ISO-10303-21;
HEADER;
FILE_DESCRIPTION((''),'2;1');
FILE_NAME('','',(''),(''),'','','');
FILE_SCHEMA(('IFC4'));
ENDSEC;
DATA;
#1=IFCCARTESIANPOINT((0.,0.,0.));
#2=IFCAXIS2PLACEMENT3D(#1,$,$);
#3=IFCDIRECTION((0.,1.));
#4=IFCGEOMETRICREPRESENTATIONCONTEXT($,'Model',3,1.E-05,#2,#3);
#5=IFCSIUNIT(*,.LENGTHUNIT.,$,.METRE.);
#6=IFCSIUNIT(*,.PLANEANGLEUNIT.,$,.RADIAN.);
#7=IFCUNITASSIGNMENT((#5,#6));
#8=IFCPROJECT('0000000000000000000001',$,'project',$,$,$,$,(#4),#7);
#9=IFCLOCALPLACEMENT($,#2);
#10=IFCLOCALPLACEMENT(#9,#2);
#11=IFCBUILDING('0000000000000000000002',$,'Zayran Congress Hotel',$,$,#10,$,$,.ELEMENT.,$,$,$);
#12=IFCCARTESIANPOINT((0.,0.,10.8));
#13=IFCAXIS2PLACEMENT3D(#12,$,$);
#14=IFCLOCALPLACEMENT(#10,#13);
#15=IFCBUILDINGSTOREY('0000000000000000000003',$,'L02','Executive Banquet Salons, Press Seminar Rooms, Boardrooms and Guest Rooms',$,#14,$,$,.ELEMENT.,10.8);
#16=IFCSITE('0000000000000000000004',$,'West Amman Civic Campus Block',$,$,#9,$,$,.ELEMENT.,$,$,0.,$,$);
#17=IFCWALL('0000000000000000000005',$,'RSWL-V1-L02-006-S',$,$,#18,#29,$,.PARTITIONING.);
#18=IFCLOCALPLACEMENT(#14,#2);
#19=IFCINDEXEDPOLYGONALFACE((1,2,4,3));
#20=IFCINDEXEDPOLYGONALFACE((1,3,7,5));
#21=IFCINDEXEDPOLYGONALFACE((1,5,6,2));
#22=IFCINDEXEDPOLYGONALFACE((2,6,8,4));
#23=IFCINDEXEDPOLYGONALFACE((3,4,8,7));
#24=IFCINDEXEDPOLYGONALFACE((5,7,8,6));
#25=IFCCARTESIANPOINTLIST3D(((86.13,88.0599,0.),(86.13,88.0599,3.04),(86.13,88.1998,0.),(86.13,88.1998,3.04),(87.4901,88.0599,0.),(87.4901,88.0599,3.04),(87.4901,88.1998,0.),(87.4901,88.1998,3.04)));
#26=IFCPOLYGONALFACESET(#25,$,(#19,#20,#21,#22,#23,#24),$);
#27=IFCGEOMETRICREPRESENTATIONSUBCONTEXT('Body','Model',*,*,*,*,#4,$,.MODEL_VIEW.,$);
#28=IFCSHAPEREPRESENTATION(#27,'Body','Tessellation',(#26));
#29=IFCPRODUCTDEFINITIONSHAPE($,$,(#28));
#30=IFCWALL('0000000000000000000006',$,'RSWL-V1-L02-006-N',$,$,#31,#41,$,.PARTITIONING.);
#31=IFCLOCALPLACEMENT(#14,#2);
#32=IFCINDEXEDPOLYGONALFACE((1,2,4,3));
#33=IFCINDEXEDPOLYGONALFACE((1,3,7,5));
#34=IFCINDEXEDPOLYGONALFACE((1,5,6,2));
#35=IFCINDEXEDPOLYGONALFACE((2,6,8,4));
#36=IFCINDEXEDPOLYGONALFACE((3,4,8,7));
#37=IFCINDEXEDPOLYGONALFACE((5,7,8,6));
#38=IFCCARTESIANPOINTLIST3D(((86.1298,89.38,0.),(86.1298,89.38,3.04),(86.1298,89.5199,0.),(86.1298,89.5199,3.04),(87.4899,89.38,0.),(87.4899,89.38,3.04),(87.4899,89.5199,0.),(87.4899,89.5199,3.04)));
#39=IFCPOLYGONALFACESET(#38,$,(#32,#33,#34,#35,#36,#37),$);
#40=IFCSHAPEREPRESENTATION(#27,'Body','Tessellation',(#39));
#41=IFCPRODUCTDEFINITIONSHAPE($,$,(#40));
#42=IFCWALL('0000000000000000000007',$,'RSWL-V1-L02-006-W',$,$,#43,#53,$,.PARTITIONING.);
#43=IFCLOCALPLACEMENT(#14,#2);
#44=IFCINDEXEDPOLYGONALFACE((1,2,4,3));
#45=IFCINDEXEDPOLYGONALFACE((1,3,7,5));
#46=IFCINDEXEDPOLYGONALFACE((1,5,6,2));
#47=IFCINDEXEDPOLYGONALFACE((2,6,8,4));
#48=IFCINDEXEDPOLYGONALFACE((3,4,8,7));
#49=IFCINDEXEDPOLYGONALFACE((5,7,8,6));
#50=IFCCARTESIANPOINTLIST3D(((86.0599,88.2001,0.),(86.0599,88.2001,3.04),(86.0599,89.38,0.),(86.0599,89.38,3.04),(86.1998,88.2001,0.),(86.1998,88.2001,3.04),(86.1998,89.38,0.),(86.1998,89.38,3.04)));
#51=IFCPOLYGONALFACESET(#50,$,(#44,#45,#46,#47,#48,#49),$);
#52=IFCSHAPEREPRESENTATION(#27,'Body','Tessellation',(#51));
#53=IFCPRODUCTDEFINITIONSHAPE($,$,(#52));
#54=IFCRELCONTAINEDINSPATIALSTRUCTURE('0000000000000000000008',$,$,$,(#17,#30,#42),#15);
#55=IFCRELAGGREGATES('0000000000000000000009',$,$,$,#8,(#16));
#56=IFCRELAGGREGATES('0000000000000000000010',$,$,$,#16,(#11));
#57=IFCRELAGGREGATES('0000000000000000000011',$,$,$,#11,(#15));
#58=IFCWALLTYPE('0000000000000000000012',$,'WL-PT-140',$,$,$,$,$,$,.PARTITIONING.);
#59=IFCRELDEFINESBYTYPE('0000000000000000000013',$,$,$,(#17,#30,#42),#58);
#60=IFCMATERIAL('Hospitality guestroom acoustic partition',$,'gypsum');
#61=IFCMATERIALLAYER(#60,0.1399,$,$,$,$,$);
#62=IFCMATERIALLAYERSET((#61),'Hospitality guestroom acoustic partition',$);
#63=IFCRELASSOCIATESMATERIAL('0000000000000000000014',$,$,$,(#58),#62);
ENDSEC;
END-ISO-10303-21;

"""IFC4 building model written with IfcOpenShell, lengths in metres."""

from ifc_helpers import new_model, si_unit, direction, frame, frame_2d, origin, place, context, subcontext, project, spatial, rectangle, extrude, material, layer, layer_set, type_object, element, save


model = new_model("IFC4")

# Units and contexts
model_context = context("Model", 3, precision=1e-05, world=origin(), true_north=direction((0.0, 1.0)))
body_context = subcontext(model_context, "Body", "Model", "MODEL_VIEW")
ifc_project = project(units=[si_unit("LENGTHUNIT", "METRE"), si_unit("PLANEANGLEUNIT", "RADIAN")], contexts=[model_context])

# Site, building, storey
site_placement = place(None, origin())
site = spatial("IfcSite", under=ifc_project, at=site_placement, Name="West Amman Civic Campus Block", CompositionType="ELEMENT", RefElevation=0.0)
building_placement = place(site_placement, origin())
building = spatial("IfcBuilding", under=site, at=building_placement, Name="Zayran Congress Hotel", CompositionType="ELEMENT")
storey_placement = place(building_placement, frame((0.0, 0.0, 10.8)))
storey = spatial("IfcBuildingStorey", under=building, at=storey_placement, Name="L02", Description="Executive Banquet Salons, Press Seminar Rooms, Boardrooms and Guest Rooms", CompositionType="ELEMENT", Elevation=10.8)

# Walls
ifc_material_1 = material(Name="Hospitality guestroom acoustic partition", Category="gypsum")
ifc_layer_1 = layer(ifc_material_1, 0.1399)
ifc_layer_set_1 = layer_set([ifc_layer_1], Name="Hospitality guestroom acoustic partition")
wall_type_1 = type_object("IfcWallType", Name="WL-PT-140", PredefinedType="PARTITIONING", material=ifc_layer_set_1)
for number, where, z_axis, x_axis, name in (
    (1, (86.1299, 88.1299, 0.0), (0.0, 0.0, 1.0), (1.0, 0.0, 0.0), "RSWL-V1-L02-006-S"),
    (2, (87.49, 89.45, 0.0), (0.0, 0.0, 1.0), (-1.0, 0.0, 0.0), "RSWL-V1-L02-006-N"),
):
    element("IfcWall", number, at=place(storey_placement, frame(where, z_axis=z_axis, x_axis=x_axis)), inside=storey, type_object=wall_type_1, Name=name, PredefinedType="PARTITIONING", context=body_context, shape_type="SweptSolid", body=[
        extrude(rectangle(XDim=1.3601, YDim=0.1399, at=frame_2d((0.6802, 0.0))), origin(), (0.0, 0.0, 1.0), 3.04),
    ])
for number, where, z_axis, x_axis, name in (
    (3, (86.1299, 89.3799, 0.0), (0.0, 0.0, 1.0), (0.0, -1.0, 0.0), "RSWL-V1-L02-006-W"),
):
    element("IfcWall", number, at=place(storey_placement, frame(where, z_axis=z_axis, x_axis=x_axis)), inside=storey, type_object=wall_type_1, Name=name, PredefinedType="PARTITIONING", context=body_context, shape_type="SweptSolid", body=[
        extrude(rectangle(XDim=1.1799, YDim=0.1399, at=frame_2d((0.5898, 0.0))), origin(), (0.0, 0.0, 1.0), 3.04),
    ])

save(model, "model.ifc")
